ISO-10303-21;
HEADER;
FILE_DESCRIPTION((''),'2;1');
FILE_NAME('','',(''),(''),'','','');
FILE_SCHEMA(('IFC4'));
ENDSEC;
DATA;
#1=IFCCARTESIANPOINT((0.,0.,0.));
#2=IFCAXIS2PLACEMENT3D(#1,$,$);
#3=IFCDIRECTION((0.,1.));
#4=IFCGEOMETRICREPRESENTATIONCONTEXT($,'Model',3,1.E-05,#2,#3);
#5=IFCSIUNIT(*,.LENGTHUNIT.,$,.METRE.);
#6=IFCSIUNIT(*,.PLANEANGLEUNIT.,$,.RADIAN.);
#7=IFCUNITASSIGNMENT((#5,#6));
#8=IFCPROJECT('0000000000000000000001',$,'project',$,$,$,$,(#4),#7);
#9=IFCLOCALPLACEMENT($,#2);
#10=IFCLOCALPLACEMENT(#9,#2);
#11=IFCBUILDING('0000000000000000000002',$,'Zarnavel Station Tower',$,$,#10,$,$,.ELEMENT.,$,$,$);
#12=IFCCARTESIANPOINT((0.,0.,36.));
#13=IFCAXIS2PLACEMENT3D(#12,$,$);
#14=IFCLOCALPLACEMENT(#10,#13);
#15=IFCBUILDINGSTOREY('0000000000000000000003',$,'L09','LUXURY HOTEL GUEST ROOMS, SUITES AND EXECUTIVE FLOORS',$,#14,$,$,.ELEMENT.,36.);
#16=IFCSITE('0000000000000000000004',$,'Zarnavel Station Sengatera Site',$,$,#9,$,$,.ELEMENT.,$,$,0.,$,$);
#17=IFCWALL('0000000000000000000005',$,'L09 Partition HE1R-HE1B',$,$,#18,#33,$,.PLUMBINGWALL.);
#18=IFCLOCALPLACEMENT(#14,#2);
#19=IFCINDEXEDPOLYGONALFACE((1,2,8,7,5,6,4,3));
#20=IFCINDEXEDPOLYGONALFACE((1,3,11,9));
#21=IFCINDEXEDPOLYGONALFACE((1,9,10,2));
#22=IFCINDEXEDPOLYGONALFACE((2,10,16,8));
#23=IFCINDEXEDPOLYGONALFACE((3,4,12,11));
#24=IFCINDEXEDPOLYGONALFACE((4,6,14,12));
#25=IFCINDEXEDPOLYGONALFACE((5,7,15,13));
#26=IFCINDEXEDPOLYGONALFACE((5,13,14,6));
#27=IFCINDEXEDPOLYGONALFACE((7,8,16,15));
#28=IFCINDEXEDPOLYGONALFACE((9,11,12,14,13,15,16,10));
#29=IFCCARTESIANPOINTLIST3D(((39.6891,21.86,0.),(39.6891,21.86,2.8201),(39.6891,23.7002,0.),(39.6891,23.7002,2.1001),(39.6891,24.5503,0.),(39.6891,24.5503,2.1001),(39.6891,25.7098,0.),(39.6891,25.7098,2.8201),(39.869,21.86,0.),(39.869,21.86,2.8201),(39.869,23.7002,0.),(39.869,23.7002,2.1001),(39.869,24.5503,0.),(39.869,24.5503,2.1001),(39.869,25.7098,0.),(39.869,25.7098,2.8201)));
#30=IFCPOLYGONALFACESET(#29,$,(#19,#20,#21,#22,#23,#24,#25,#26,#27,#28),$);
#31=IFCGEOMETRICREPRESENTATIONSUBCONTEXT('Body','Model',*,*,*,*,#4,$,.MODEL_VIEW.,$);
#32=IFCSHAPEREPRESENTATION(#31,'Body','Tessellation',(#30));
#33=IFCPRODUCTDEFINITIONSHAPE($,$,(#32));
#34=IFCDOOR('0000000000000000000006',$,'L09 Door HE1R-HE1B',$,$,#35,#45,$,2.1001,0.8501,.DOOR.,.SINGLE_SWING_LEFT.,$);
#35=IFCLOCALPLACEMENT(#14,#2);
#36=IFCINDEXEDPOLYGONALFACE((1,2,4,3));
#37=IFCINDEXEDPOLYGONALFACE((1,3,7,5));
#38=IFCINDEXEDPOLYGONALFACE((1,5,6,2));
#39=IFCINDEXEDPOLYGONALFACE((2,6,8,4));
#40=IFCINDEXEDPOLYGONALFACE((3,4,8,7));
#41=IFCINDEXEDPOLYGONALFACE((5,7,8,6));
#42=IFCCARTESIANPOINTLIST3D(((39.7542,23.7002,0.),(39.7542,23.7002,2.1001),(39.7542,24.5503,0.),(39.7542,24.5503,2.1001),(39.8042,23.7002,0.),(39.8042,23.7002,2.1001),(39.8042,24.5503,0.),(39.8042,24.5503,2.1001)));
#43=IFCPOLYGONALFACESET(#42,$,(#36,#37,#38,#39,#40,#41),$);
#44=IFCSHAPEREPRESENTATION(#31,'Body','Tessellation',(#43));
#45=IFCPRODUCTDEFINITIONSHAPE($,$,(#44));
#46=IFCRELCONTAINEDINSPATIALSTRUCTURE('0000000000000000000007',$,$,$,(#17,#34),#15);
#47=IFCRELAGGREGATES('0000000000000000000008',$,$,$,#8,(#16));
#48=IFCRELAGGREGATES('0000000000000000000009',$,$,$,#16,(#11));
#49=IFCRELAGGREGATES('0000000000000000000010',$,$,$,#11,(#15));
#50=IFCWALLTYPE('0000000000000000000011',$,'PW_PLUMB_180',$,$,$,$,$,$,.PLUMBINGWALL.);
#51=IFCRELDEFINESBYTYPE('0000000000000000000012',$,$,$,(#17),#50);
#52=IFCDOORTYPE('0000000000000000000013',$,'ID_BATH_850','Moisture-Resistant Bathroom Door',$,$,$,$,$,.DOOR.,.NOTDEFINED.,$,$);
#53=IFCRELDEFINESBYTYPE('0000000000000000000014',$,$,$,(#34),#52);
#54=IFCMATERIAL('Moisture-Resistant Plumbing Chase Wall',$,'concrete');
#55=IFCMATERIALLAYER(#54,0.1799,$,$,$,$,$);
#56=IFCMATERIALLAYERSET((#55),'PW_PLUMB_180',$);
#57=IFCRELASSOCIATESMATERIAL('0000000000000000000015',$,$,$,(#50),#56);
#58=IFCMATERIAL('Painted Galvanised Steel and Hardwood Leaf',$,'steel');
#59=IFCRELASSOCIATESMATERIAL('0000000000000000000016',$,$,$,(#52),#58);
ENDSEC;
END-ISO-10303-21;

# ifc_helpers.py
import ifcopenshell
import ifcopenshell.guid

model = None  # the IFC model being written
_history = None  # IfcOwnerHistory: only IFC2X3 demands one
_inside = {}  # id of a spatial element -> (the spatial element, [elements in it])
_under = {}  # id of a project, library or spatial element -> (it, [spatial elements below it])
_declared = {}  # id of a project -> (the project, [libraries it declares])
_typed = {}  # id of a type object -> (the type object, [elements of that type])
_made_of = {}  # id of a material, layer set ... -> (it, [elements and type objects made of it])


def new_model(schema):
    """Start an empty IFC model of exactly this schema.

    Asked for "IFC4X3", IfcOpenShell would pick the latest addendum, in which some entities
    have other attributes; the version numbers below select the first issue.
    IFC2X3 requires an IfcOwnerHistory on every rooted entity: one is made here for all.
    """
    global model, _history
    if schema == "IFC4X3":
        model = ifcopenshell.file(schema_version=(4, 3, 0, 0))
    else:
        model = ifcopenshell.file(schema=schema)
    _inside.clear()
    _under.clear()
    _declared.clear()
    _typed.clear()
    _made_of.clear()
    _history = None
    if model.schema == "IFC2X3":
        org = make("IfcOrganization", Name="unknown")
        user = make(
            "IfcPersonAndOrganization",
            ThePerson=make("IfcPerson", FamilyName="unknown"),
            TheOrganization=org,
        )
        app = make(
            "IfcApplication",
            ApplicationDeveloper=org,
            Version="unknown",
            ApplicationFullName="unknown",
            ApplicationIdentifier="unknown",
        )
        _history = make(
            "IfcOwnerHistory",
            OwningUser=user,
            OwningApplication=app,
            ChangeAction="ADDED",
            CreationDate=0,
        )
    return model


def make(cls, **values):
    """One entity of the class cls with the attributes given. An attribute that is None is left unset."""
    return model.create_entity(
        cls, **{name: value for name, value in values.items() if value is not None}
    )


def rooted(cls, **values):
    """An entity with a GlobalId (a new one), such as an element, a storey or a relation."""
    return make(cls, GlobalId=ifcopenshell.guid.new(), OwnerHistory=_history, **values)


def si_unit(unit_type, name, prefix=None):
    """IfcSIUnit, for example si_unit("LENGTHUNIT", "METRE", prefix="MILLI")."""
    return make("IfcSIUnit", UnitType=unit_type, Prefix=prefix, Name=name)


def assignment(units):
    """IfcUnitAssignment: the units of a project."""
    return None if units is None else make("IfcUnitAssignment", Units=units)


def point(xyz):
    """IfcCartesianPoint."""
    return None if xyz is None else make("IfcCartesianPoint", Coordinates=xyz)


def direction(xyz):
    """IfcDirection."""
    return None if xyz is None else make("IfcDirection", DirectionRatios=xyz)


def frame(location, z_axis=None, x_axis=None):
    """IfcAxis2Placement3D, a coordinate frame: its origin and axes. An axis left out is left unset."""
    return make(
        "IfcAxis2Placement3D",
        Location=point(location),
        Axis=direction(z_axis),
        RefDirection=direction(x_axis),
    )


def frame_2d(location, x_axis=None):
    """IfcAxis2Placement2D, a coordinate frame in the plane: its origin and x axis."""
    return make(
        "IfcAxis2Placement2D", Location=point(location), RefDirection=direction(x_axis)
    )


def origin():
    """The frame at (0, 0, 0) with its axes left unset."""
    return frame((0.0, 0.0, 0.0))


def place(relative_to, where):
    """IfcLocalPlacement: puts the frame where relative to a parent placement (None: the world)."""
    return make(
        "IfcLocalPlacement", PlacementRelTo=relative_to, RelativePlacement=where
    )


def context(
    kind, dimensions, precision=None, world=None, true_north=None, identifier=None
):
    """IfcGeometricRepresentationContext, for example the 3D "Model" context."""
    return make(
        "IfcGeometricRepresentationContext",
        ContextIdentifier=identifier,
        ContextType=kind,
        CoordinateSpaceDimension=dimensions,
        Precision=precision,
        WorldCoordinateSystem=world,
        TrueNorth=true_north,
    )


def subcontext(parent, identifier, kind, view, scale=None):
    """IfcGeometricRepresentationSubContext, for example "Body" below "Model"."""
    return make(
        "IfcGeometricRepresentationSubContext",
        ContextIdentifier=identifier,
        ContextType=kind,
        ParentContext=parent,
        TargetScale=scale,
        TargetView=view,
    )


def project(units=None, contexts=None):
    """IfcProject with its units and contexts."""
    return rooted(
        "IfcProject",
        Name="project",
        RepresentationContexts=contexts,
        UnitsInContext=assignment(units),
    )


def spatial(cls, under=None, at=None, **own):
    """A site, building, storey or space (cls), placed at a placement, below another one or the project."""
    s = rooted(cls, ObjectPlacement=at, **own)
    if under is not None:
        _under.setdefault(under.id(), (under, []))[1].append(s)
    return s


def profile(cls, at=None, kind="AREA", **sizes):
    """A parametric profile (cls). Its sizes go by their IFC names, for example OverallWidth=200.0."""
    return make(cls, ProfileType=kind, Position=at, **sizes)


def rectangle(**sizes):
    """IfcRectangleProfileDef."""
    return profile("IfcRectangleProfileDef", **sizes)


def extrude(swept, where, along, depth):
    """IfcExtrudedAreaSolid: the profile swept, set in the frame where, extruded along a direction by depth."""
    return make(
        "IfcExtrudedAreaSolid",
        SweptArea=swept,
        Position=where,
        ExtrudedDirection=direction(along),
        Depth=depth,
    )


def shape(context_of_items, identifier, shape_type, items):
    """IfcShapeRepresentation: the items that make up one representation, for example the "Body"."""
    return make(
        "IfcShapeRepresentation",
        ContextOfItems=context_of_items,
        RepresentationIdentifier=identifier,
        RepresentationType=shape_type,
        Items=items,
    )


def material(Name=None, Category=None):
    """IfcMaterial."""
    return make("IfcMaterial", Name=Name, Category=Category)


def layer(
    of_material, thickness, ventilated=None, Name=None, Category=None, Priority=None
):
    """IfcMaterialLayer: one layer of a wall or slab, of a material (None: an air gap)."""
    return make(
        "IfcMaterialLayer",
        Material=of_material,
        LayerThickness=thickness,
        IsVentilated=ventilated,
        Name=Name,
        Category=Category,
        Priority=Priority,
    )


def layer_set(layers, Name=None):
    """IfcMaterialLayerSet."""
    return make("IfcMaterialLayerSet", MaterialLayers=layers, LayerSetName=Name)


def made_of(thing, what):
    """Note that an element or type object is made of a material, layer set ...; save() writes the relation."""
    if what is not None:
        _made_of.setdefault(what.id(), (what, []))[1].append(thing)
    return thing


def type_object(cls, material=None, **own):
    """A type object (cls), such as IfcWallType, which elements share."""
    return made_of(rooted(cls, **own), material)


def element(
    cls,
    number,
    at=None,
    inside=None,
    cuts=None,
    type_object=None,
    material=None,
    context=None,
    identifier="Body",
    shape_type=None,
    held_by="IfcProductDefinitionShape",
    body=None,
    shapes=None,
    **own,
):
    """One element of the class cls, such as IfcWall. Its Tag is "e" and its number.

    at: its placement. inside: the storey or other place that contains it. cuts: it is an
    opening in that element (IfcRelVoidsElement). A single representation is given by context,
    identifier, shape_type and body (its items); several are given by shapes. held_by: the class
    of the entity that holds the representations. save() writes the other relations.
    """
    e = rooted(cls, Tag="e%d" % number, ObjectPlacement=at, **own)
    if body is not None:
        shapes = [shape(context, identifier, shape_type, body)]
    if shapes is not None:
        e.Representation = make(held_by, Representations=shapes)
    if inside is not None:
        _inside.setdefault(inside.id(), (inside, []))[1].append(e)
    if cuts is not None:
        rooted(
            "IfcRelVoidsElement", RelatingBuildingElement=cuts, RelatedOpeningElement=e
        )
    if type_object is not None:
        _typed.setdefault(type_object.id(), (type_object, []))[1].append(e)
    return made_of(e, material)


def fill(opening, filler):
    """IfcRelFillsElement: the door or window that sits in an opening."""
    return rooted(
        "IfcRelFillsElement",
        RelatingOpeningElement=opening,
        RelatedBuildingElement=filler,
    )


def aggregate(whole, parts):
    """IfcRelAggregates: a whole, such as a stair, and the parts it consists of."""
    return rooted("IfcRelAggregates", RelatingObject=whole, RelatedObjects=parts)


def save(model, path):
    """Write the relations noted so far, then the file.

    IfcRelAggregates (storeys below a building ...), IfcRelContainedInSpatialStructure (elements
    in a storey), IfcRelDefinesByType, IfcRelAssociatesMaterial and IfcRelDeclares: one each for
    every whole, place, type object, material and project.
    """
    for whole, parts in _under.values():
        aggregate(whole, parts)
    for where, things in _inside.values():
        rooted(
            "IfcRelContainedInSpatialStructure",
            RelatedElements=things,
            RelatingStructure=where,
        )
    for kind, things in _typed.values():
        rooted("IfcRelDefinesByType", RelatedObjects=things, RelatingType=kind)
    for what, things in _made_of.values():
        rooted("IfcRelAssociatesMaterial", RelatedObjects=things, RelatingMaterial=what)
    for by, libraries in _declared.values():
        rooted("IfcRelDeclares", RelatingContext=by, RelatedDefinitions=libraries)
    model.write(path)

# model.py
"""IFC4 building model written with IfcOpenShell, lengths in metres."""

from ifc_helpers import new_model, si_unit, direction, frame, frame_2d, origin, place, context, subcontext, project, spatial, rectangle, extrude, material, layer, layer_set, type_object, element, fill, save


model = new_model("IFC4")

# Units and contexts
model_context = context("Model", 3, precision=1e-05, world=origin(), true_north=direction((0.0, 1.0)))
body_context = subcontext(model_context, "Body", "Model", "MODEL_VIEW")
ifc_project = project(units=[si_unit("LENGTHUNIT", "METRE"), si_unit("PLANEANGLEUNIT", "RADIAN")], contexts=[model_context])

# Site, building, storey
site_placement = place(None, origin())
site = spatial("IfcSite", under=ifc_project, at=site_placement, Name="Zarnavel Station Sengatera Site", CompositionType="ELEMENT", RefElevation=0.0)
building_placement = place(site_placement, origin())
building = spatial("IfcBuilding", under=site, at=building_placement, Name="Zarnavel Station Tower", CompositionType="ELEMENT")
storey_placement = place(building_placement, frame((0.0, 0.0, 36.0)))
storey = spatial("IfcBuildingStorey", under=building, at=storey_placement, Name="L09", Description="LUXURY HOTEL GUEST ROOMS, SUITES AND EXECUTIVE FLOORS", CompositionType="ELEMENT", Elevation=36.0)

# Shared definitions
ifc_material_1 = material(Name="Moisture-Resistant Plumbing Chase Wall", Category="concrete")
ifc_layer_1 = layer(ifc_material_1, 0.1799)
ifc_layer_set_1 = layer_set([ifc_layer_1], Name="PW_PLUMB_180")
wall_type_1 = type_object("IfcWallType", Name="PW_PLUMB_180", PredefinedType="PLUMBINGWALL", material=ifc_layer_set_1)

# Wall, opening, door
wall_1_placement = place(storey_placement, frame((39.7791, 21.8601, 0.0), z_axis=(0.0, 0.0, 1.0), x_axis=(0.0, 1.0, 0.0)))
wall_1 = element("IfcWall", 1, at=wall_1_placement, inside=storey, type_object=wall_type_1, Name="L09 Partition HE1R-HE1B", PredefinedType="PLUMBINGWALL", context=body_context, shape_type="SweptSolid", body=[
    extrude(rectangle(XDim=3.8499, YDim=0.1799, at=frame_2d((1.9248, 0.0))), origin(), (0.0, 0.0, 1.0), 2.8201),
])
opening_1_placement = place(wall_1_placement, frame((1.8401, 0.0, 0.0)))
opening_1 = element("IfcOpeningElement", 2, at=opening_1_placement, cuts=wall_1, PredefinedType="OPENING", context=body_context, shape_type="SweptSolid", body=[
    extrude(rectangle(XDim=0.8501, YDim=2.1001, at=frame_2d((0.425, 1.05))), frame((0.0, 0.0999, 0.0), z_axis=(0.0, -1.0, 0.0), x_axis=(1.0, 0.0, 0.0)), (0.0, 0.0, 1.0), 0.2),
])
ifc_material_2 = material(Name="Painted Galvanised Steel and Hardwood Leaf", Category="steel")
door_type_1 = type_object("IfcDoorType", Name="ID_BATH_850", Description="Moisture-Resistant Bathroom Door", OperationType="NOTDEFINED", PredefinedType="DOOR", material=ifc_material_2)
door_1_placement = place(opening_1_placement, origin())
door_1 = element("IfcDoor", 3, at=door_1_placement, inside=storey, type_object=door_type_1, Name="L09 Door HE1R-HE1B", OperationType="SINGLE_SWING_LEFT", OverallHeight=2.1001, OverallWidth=0.8501, PredefinedType="DOOR", context=body_context, shape_type="SweptSolid", body=[
    extrude(rectangle(XDim=0.8501, YDim=2.1001, at=frame_2d((0.425, 1.05))), frame((0.0, 0.0249, 0.0), z_axis=(0.0, -1.0, 0.0), x_axis=(1.0, 0.0, 0.0)), (0.0, 0.0, 1.0), 0.05),
])
fill(opening_1, door_1)

save(model, "model.ifc")
